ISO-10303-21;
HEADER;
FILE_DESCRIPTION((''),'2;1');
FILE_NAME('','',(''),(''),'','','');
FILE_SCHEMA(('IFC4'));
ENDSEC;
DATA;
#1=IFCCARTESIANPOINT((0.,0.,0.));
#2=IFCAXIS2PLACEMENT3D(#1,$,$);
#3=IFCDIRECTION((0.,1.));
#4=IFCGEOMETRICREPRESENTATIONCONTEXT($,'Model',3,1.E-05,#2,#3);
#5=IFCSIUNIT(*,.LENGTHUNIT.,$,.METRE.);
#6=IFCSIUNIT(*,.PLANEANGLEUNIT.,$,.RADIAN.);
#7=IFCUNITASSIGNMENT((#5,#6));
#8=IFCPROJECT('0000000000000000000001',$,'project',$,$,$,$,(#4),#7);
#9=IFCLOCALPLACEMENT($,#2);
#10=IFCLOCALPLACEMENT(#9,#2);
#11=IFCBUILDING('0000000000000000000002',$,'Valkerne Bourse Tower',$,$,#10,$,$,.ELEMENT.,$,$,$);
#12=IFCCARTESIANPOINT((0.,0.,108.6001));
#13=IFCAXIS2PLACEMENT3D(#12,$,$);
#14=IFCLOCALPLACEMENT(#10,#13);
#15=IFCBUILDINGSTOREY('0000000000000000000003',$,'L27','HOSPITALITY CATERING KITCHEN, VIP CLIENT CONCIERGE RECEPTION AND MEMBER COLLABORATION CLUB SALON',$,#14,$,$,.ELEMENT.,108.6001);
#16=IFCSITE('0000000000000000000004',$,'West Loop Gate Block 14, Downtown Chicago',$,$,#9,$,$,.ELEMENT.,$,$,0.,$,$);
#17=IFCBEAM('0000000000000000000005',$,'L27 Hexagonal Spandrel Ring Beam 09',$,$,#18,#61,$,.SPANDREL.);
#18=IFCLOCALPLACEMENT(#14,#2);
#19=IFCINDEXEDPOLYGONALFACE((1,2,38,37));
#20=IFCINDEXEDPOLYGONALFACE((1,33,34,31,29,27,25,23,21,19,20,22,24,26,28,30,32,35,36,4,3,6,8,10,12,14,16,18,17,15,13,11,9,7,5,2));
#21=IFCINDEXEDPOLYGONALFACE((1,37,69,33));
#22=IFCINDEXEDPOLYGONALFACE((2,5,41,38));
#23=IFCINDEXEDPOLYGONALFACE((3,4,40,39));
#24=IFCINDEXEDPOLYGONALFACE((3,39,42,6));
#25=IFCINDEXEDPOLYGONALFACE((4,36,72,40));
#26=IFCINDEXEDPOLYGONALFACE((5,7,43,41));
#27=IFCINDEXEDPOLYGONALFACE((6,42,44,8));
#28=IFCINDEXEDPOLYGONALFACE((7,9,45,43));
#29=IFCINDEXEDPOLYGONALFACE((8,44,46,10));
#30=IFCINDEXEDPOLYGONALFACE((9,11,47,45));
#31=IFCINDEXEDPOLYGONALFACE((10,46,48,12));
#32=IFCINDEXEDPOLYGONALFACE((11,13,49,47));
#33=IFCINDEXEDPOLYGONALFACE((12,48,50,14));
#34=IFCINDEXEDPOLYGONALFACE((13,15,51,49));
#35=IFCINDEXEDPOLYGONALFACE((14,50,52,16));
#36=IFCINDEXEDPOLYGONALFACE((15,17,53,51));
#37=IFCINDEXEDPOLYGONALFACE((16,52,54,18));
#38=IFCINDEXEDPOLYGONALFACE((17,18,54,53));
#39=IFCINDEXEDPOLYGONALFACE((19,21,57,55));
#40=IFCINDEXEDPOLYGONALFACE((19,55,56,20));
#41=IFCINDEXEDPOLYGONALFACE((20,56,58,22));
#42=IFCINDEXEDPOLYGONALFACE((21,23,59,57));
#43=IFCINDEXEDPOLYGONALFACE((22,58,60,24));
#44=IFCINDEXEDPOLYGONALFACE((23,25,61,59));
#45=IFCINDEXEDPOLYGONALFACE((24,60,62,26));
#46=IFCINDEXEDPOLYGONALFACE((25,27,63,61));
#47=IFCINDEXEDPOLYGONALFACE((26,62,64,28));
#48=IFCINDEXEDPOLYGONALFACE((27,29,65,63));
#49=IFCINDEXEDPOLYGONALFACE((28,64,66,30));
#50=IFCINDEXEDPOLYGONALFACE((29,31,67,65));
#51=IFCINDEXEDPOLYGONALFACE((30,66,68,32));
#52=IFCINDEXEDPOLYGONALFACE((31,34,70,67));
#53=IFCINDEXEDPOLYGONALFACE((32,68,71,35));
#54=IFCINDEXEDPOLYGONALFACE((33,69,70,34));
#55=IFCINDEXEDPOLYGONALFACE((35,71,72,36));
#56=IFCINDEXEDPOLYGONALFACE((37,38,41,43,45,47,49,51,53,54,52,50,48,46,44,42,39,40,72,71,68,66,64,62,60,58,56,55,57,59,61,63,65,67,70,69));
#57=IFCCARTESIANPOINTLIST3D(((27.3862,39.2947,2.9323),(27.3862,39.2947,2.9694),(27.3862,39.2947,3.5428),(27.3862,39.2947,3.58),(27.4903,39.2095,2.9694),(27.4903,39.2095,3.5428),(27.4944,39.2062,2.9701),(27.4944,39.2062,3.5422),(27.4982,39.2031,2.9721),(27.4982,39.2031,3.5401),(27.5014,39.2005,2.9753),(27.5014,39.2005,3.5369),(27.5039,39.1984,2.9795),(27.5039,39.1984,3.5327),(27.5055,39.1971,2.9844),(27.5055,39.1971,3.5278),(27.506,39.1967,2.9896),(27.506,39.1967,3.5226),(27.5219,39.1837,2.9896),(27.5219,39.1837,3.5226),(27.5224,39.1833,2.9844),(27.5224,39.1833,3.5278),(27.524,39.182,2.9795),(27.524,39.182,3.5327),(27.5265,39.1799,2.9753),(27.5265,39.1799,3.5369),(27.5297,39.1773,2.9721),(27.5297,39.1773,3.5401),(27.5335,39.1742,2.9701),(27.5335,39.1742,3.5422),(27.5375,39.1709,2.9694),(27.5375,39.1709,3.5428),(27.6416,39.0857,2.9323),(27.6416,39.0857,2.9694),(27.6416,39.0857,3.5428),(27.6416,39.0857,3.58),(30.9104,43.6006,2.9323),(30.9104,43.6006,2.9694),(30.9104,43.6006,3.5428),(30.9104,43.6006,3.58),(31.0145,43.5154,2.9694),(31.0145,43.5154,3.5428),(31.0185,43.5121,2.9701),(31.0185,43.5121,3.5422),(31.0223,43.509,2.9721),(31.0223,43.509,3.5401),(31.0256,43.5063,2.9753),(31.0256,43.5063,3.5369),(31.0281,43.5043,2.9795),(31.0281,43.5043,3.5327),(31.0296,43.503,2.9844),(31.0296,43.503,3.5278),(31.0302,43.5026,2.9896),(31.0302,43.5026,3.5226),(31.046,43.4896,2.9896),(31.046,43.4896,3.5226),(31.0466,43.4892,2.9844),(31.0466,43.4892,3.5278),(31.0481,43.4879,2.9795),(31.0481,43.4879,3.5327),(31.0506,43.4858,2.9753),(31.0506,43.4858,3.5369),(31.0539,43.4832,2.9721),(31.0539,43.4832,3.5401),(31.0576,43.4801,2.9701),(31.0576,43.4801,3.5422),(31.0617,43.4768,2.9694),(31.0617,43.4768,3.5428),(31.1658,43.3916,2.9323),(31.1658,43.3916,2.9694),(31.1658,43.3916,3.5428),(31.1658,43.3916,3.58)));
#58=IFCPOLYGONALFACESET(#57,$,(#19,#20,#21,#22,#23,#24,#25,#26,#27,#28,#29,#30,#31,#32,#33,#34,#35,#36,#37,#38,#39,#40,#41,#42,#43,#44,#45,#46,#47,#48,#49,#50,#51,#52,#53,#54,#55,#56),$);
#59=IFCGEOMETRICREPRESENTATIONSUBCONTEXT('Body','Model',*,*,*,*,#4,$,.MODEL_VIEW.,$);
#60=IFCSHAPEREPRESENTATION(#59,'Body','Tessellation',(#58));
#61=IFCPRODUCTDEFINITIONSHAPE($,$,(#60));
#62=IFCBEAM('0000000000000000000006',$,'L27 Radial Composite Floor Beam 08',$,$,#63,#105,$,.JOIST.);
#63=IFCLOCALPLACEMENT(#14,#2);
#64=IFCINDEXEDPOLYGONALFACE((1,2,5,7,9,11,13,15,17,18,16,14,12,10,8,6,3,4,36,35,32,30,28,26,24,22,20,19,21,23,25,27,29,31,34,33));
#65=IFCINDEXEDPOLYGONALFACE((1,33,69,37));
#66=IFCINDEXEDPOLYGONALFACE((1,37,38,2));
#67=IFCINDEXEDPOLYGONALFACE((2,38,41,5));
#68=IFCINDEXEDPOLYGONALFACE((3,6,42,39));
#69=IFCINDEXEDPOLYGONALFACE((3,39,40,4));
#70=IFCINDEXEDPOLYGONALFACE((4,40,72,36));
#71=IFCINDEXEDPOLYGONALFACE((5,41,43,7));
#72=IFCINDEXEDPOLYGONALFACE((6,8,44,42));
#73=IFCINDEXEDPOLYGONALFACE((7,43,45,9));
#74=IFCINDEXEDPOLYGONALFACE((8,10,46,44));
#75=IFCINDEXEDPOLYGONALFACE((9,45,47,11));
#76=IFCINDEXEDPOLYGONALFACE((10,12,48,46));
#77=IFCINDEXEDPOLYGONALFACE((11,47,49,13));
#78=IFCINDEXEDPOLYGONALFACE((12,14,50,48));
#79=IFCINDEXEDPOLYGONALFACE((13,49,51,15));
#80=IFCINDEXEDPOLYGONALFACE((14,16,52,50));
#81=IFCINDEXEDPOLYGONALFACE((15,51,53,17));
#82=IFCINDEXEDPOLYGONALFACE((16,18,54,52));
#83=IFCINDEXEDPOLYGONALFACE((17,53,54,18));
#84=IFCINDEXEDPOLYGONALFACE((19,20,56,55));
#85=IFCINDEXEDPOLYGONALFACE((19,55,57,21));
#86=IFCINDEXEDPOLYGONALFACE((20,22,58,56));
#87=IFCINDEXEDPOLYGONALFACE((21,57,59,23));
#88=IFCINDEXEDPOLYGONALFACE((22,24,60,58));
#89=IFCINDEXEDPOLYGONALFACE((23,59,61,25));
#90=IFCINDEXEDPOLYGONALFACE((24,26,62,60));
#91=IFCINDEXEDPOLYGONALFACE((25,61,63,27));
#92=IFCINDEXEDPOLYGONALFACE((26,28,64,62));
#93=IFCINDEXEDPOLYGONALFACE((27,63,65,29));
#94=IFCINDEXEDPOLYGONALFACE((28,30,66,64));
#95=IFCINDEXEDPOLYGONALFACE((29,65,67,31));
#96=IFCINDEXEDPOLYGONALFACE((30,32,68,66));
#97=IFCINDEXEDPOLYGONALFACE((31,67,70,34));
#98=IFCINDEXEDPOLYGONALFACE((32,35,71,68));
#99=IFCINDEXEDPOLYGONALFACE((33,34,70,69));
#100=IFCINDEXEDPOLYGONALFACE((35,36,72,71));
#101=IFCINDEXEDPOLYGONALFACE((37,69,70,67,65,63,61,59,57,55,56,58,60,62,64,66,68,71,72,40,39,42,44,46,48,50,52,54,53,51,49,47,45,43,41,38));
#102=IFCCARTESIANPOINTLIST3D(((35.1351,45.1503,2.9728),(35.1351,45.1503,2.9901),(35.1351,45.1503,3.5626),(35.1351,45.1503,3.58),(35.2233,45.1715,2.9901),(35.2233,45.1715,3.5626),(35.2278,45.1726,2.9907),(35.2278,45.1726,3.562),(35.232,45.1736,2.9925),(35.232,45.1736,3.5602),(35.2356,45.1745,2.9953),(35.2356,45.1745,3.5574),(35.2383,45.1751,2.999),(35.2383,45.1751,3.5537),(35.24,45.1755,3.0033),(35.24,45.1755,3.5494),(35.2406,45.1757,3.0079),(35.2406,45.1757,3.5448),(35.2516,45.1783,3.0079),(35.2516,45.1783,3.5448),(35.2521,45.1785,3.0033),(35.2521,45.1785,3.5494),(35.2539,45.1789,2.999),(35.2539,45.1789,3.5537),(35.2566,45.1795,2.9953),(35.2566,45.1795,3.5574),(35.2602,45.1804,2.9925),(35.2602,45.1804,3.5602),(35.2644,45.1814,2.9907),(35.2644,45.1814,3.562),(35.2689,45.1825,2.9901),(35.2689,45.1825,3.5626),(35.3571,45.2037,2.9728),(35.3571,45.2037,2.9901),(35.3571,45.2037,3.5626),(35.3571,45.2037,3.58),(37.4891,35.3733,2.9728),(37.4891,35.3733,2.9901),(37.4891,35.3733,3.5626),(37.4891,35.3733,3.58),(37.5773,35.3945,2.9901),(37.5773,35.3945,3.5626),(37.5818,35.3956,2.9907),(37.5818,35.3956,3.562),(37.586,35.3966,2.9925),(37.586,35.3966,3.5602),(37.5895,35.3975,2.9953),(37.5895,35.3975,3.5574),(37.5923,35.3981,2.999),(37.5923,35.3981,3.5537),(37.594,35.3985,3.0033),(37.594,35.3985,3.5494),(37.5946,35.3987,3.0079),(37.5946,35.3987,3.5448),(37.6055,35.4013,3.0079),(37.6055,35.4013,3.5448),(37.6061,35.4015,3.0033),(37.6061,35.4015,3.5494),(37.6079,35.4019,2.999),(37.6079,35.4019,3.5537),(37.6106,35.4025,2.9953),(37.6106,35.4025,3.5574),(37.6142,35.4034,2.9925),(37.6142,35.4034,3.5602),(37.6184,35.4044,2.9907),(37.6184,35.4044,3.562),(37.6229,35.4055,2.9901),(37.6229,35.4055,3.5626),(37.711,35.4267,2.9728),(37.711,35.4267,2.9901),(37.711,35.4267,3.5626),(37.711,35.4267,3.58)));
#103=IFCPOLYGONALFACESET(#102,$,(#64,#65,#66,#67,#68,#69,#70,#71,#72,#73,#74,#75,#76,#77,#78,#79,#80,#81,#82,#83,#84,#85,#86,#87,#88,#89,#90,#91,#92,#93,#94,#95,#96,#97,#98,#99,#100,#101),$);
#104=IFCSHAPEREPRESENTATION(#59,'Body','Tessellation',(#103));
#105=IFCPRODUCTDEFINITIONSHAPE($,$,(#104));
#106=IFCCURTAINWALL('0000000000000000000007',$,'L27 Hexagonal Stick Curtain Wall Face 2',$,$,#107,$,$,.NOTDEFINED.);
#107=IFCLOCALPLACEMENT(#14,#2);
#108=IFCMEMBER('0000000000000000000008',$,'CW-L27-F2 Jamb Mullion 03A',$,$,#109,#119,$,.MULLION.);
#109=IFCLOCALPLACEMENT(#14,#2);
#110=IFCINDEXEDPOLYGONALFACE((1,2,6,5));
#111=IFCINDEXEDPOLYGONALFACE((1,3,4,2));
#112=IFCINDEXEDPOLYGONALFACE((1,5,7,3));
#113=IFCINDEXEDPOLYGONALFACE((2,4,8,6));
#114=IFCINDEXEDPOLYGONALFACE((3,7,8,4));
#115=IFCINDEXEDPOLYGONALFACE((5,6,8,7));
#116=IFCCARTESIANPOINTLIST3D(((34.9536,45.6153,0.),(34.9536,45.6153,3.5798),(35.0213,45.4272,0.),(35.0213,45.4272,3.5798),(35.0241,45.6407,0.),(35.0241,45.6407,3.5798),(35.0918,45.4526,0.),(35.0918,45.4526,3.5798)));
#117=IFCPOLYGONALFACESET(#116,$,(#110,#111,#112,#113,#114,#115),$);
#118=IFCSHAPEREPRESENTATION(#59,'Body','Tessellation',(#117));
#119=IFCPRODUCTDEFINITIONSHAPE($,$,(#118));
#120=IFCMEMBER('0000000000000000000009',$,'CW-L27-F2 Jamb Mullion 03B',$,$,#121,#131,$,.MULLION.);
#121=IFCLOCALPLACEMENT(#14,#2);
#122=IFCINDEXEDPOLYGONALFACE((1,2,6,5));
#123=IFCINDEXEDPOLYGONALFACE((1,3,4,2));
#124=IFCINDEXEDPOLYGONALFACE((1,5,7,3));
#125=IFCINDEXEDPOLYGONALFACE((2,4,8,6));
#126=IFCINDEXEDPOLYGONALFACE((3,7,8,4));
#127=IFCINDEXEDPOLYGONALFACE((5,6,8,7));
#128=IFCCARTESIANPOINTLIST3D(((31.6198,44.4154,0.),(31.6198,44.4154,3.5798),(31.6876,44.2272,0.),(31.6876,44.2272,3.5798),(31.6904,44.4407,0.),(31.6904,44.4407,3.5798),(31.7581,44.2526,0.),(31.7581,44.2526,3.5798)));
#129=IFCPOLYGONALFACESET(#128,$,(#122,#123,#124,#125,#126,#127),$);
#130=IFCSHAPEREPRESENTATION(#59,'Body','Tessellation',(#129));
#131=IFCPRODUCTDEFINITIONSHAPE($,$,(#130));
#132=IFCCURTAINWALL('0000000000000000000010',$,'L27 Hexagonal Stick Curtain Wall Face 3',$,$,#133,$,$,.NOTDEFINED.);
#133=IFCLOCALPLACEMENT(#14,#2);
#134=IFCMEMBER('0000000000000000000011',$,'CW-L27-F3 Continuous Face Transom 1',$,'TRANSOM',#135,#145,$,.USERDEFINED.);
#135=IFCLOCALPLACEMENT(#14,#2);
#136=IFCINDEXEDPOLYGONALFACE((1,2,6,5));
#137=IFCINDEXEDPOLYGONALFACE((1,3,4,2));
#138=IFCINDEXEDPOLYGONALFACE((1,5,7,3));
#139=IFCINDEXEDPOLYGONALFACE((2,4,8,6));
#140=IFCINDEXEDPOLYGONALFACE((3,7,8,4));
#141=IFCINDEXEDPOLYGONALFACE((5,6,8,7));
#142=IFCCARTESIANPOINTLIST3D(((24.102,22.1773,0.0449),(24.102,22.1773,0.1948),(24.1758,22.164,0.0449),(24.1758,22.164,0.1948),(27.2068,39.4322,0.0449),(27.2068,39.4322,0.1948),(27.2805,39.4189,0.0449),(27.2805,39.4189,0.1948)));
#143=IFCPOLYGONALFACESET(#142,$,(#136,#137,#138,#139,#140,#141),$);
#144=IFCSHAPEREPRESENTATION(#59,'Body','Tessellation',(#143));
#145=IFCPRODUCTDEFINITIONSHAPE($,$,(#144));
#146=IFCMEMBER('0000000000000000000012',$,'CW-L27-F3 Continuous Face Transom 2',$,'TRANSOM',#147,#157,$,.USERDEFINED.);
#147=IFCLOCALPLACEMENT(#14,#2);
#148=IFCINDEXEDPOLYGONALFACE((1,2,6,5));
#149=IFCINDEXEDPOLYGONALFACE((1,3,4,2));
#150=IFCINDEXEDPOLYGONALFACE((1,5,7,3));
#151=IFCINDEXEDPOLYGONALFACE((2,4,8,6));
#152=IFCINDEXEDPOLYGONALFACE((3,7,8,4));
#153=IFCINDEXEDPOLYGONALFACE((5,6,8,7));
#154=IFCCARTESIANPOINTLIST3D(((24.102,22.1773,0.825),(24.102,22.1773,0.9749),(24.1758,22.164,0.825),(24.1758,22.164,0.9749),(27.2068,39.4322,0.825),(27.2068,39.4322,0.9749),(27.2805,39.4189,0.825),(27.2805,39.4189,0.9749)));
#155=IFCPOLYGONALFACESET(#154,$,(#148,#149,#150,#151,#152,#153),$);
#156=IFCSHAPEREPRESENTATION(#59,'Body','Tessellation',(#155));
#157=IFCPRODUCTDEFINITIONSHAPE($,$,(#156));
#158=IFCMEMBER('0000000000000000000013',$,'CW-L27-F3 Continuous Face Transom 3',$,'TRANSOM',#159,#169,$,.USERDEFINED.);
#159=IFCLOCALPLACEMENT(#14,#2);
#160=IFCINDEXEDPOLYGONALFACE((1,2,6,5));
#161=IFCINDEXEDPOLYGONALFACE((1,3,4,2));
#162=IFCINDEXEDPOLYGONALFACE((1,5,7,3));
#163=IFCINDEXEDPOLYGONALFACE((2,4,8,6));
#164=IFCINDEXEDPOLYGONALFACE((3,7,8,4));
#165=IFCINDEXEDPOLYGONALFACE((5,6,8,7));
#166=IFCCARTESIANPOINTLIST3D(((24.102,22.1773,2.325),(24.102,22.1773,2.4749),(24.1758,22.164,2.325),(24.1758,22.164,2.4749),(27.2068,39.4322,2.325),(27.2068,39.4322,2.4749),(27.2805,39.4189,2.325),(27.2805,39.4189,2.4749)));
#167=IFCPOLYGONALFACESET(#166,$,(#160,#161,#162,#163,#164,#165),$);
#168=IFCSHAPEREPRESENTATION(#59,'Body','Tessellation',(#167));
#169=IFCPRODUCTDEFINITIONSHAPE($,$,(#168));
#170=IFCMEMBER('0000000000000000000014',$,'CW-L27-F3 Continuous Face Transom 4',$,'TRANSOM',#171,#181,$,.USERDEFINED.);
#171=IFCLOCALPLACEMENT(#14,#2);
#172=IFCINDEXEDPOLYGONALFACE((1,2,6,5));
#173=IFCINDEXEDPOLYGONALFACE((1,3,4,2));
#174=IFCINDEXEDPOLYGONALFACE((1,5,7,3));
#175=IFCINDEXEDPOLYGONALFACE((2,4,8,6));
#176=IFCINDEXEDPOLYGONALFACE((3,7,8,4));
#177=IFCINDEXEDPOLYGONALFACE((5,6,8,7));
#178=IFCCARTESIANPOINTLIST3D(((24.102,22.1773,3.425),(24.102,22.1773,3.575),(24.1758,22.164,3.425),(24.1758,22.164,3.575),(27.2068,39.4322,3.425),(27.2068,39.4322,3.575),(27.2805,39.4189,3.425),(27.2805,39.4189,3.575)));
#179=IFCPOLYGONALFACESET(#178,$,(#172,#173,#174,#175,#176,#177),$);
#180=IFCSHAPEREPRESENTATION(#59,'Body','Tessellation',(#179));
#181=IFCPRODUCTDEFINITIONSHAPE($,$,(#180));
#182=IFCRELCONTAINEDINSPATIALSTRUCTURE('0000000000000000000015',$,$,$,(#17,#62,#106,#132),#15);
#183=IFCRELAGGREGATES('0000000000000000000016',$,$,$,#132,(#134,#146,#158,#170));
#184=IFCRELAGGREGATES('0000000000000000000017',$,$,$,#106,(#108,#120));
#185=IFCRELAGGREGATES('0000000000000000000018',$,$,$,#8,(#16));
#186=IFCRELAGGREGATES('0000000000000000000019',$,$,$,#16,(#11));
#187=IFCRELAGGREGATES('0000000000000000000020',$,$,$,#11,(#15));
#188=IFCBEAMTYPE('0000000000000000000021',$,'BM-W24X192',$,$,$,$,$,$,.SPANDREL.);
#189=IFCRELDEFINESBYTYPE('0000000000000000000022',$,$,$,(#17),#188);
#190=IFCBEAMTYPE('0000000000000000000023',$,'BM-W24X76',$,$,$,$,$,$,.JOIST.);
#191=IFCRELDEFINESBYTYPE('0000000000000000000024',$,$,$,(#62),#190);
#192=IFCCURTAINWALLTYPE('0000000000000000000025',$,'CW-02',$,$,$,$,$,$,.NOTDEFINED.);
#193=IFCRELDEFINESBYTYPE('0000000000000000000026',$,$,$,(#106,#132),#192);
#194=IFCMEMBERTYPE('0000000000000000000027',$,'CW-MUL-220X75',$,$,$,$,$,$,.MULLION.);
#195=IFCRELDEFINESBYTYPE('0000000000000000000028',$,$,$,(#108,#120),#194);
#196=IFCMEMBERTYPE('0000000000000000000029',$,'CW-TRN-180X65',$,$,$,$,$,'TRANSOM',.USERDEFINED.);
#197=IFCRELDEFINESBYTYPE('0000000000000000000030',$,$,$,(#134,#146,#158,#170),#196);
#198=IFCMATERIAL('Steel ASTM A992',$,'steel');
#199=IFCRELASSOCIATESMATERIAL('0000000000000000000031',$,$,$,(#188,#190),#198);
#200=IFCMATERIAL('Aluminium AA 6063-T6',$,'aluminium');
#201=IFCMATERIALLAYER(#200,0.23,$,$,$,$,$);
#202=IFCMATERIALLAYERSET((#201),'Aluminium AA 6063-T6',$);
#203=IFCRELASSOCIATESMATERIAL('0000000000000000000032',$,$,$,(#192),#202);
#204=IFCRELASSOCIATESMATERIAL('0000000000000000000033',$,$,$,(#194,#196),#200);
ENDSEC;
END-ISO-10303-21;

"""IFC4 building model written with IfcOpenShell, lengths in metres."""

from ifc_helpers import new_model, si_unit, direction, frame, origin, origin_2d, place, context, subcontext, project, spatial, rectangle, i_section, extrude, material, layer, layer_set, material_profile, profile_set, type_object, element, aggregate, save


model = new_model("IFC4")

# Units and contexts
model_context = context("Model", 3, precision=1e-05, world=origin(), true_north=direction((0.0, 1.0)))
body_context = subcontext(model_context, "Body", "Model", "MODEL_VIEW")
ifc_project = project(units=[si_unit("LENGTHUNIT", "METRE"), si_unit("PLANEANGLEUNIT", "RADIAN")], contexts=[model_context])

# Site, building, storey
site_placement = place(None, origin())
site = spatial("IfcSite", under=ifc_project, at=site_placement, Name="West Loop Gate Block 14, Downtown Chicago", CompositionType="ELEMENT", RefElevation=0.0)
building_placement = place(site_placement, origin())
building = spatial("IfcBuilding", under=site, at=building_placement, Name="Valkerne Bourse Tower", CompositionType="ELEMENT")
storey_placement = place(building_placement, frame((0.0, 0.0, 108.6001)))
storey = spatial("IfcBuildingStorey", under=building, at=storey_placement, Name="L27", Description="HOSPITALITY CATERING KITCHEN, VIP CLIENT CONCIERGE RECEPTION AND MEMBER COLLABORATION CLUB SALON", CompositionType="ELEMENT", Elevation=108.6001)

# Beams
ifc_material_1 = material(Name="Steel ASTM A992", Category="steel")
ifc_material_profile_1 = material_profile(ifc_material_1, i_section(OverallWidth=0.3301, OverallDepth=0.6477, WebThickness=0.0205, FlangeThickness=0.0371, FilletRadius=0.0203, at=origin_2d()), Name="W24X192")
ifc_profile_set_1 = profile_set([ifc_material_profile_1], Name="Steel ASTM A992")
beam_type_1 = type_object("IfcBeamType", Name="BM-W24X192", PredefinedType="SPANDREL", material=ifc_profile_set_1)
beam_1_placement = place(storey_placement, frame((31.0381, 43.4961, 3.2561), z_axis=(-0.633362, -0.773856, 0.0), x_axis=(0.773856, -0.633362, 0.0)))
element("IfcBeam", 1, at=beam_1_placement, inside=storey, type_object=beam_type_1, Name="L27 Hexagonal Spandrel Ring Beam 09", PredefinedType="SPANDREL", context=body_context, shape_type="SweptSolid", body=[
    extrude(i_section(OverallWidth=0.3301, OverallDepth=0.6477, WebThickness=0.0205, FlangeThickness=0.0371, FilletRadius=0.0203, at=origin_2d()), origin(), (0.0, 0.0, 1.0), 5.5642),
])
ifc_material_profile_2 = material_profile(ifc_material_1, i_section(OverallWidth=0.2283, OverallDepth=0.6072, WebThickness=0.0112, FlangeThickness=0.0173, FilletRadius=0.0178, at=origin_2d()), Name="W24X76")
ifc_profile_set_2 = profile_set([ifc_material_profile_2], Name="Steel ASTM A992")
beam_type_2 = type_object("IfcBeamType", Name="BM-W24X76", PredefinedType="JOIST", material=ifc_profile_set_2)
beam_2_placement = place(storey_placement, frame((35.2461, 45.177, 3.2764), z_axis=(0.234078, -0.972218, 0.0), x_axis=(0.972218, 0.234078, 0.0)))
element("IfcBeam", 2, at=beam_2_placement, inside=storey, type_object=beam_type_2, Name="L27 Radial Composite Floor Beam 08", PredefinedType="JOIST", context=body_context, shape_type="SweptSolid", body=[
    extrude(i_section(OverallWidth=0.2283, OverallDepth=0.6072, WebThickness=0.0112, FlangeThickness=0.0173, FilletRadius=0.0178, at=origin_2d()), origin(), (0.0, 0.0, 1.0), 10.0564),
])

# Curtain walls, members
ifc_material_2 = material(Name="Aluminium AA 6063-T6", Category="aluminium")
ifc_layer_1 = layer(ifc_material_2, 0.23)
ifc_layer_set_1 = layer_set([ifc_layer_1], Name="Aluminium AA 6063-T6")
curtain_wall_type = type_object("IfcCurtainWallType", Name="CW-02", PredefinedType="NOTDEFINED", material=ifc_layer_set_1)
curtain_wall_1_placement = place(storey_placement, origin())
curtain_wall_1 = element("IfcCurtainWall", 3, at=curtain_wall_1_placement, inside=storey, type_object=curtain_wall_type, Name="L27 Hexagonal Stick Curtain Wall Face 2", PredefinedType="NOTDEFINED")
ifc_material_profile_3 = material_profile(ifc_material_2, rectangle(XDim=0.075, YDim=0.2, at=origin_2d()), Name="CWM-75X200")
ifc_profile_set_3 = profile_set([ifc_material_profile_3], Name="Aluminium AA 6063-T6")
member_type_1 = type_object("IfcMemberType", Name="CW-MUL-220X75", PredefinedType="MULLION", material=ifc_profile_set_3)
member_1_placement = place(storey_placement, frame((35.0227, 45.5339, 0.0), z_axis=(0.0, 0.0, 1.0), x_axis=(-0.940888, -0.338719, 0.0)))
member_1 = element("IfcMember", 4, at=member_1_placement, type_object=member_type_1, Name="CW-L27-F2 Jamb Mullion 03A", PredefinedType="MULLION", context=body_context, shape_type="SweptSolid", body=[
    extrude(rectangle(XDim=0.075, YDim=0.2, at=origin_2d()), origin(), (0.0, 0.0, 1.0), 3.5798),
])
member_2_placement = place(storey_placement, frame((31.689, 44.334, 0.0), z_axis=(0.0, 0.0, 1.0), x_axis=(-0.940888, -0.338719, 0.0)))
member_2 = element("IfcMember", 5, at=member_2_placement, type_object=member_type_1, Name="CW-L27-F2 Jamb Mullion 03B", PredefinedType="MULLION", context=body_context, shape_type="SweptSolid", body=[
    extrude(rectangle(XDim=0.075, YDim=0.2, at=origin_2d()), origin(), (0.0, 0.0, 1.0), 3.5798),
])
curtain_wall_2_placement = place(storey_placement, origin())
curtain_wall_2 = element("IfcCurtainWall", 6, at=curtain_wall_2_placement, inside=storey, type_object=curtain_wall_type, Name="L27 Hexagonal Stick Curtain Wall Face 3", PredefinedType="NOTDEFINED")
ifc_material_profile_4 = material_profile(ifc_material_2, rectangle(XDim=0.075, YDim=0.1499, at=origin_2d()), Name="CWT-75X150")
ifc_profile_set_4 = profile_set([ifc_material_profile_4], Name="Aluminium AA 6063-T6")
member_type_2 = type_object("IfcMemberType", Name="CW-TRN-180X65", ElementType="TRANSOM", PredefinedType="USERDEFINED", material=ifc_profile_set_4)
member_3_placement = place(storey_placement, frame((27.2437, 39.4255, 0.1199), z_axis=(-0.17709, -0.984195, 0.0), x_axis=(0.984195, -0.17709, 0.0)))
member_3 = element("IfcMember", 7, at=member_3_placement, type_object=member_type_2, Name="CW-L27-F3 Continuous Face Transom 1", ObjectType="TRANSOM", PredefinedType="USERDEFINED", context=body_context, shape_type="SweptSolid", body=[
    extrude(rectangle(XDim=0.075, YDim=0.1499, at=origin_2d()), origin(), (0.0, 0.0, 1.0), 17.532),
])
member_4_placement = place(storey_placement, frame((27.2437, 39.4255, 0.8999), z_axis=(-0.17709, -0.984195, 0.0), x_axis=(0.984195, -0.17709, 0.0)))
member_4 = element("IfcMember", 8, at=member_4_placement, type_object=member_type_2, Name="CW-L27-F3 Continuous Face Transom 2", ObjectType="TRANSOM", PredefinedType="USERDEFINED", context=body_context, shape_type="SweptSolid", body=[
    extrude(rectangle(XDim=0.075, YDim=0.1499, at=origin_2d()), origin(), (0.0, 0.0, 1.0), 17.532),
])
member_5_placement = place(storey_placement, frame((27.2437, 39.4255, 2.3999), z_axis=(-0.17709, -0.984195, 0.0), x_axis=(0.984195, -0.17709, 0.0)))
member_5 = element("IfcMember", 9, at=member_5_placement, type_object=member_type_2, Name="CW-L27-F3 Continuous Face Transom 3", ObjectType="TRANSOM", PredefinedType="USERDEFINED", context=body_context, shape_type="SweptSolid", body=[
    extrude(rectangle(XDim=0.075, YDim=0.1499, at=origin_2d()), origin(), (0.0, 0.0, 1.0), 17.532),
])
member_6_placement = place(storey_placement, frame((27.2437, 39.4255, 3.5), z_axis=(-0.17709, -0.984195, 0.0), x_axis=(0.984195, -0.17709, 0.0)))
member_6 = element("IfcMember", 10, at=member_6_placement, type_object=member_type_2, Name="CW-L27-F3 Continuous Face Transom 4", ObjectType="TRANSOM", PredefinedType="USERDEFINED", context=body_context, shape_type="SweptSolid", body=[
    extrude(rectangle(XDim=0.075, YDim=0.1499, at=origin_2d()), origin(), (0.0, 0.0, 1.0), 17.532),
])
aggregate(curtain_wall_2, [member_3, member_4, member_5, member_6])

aggregate(curtain_wall_1, [member_1, member_2])

save(model, "model.ifc")
